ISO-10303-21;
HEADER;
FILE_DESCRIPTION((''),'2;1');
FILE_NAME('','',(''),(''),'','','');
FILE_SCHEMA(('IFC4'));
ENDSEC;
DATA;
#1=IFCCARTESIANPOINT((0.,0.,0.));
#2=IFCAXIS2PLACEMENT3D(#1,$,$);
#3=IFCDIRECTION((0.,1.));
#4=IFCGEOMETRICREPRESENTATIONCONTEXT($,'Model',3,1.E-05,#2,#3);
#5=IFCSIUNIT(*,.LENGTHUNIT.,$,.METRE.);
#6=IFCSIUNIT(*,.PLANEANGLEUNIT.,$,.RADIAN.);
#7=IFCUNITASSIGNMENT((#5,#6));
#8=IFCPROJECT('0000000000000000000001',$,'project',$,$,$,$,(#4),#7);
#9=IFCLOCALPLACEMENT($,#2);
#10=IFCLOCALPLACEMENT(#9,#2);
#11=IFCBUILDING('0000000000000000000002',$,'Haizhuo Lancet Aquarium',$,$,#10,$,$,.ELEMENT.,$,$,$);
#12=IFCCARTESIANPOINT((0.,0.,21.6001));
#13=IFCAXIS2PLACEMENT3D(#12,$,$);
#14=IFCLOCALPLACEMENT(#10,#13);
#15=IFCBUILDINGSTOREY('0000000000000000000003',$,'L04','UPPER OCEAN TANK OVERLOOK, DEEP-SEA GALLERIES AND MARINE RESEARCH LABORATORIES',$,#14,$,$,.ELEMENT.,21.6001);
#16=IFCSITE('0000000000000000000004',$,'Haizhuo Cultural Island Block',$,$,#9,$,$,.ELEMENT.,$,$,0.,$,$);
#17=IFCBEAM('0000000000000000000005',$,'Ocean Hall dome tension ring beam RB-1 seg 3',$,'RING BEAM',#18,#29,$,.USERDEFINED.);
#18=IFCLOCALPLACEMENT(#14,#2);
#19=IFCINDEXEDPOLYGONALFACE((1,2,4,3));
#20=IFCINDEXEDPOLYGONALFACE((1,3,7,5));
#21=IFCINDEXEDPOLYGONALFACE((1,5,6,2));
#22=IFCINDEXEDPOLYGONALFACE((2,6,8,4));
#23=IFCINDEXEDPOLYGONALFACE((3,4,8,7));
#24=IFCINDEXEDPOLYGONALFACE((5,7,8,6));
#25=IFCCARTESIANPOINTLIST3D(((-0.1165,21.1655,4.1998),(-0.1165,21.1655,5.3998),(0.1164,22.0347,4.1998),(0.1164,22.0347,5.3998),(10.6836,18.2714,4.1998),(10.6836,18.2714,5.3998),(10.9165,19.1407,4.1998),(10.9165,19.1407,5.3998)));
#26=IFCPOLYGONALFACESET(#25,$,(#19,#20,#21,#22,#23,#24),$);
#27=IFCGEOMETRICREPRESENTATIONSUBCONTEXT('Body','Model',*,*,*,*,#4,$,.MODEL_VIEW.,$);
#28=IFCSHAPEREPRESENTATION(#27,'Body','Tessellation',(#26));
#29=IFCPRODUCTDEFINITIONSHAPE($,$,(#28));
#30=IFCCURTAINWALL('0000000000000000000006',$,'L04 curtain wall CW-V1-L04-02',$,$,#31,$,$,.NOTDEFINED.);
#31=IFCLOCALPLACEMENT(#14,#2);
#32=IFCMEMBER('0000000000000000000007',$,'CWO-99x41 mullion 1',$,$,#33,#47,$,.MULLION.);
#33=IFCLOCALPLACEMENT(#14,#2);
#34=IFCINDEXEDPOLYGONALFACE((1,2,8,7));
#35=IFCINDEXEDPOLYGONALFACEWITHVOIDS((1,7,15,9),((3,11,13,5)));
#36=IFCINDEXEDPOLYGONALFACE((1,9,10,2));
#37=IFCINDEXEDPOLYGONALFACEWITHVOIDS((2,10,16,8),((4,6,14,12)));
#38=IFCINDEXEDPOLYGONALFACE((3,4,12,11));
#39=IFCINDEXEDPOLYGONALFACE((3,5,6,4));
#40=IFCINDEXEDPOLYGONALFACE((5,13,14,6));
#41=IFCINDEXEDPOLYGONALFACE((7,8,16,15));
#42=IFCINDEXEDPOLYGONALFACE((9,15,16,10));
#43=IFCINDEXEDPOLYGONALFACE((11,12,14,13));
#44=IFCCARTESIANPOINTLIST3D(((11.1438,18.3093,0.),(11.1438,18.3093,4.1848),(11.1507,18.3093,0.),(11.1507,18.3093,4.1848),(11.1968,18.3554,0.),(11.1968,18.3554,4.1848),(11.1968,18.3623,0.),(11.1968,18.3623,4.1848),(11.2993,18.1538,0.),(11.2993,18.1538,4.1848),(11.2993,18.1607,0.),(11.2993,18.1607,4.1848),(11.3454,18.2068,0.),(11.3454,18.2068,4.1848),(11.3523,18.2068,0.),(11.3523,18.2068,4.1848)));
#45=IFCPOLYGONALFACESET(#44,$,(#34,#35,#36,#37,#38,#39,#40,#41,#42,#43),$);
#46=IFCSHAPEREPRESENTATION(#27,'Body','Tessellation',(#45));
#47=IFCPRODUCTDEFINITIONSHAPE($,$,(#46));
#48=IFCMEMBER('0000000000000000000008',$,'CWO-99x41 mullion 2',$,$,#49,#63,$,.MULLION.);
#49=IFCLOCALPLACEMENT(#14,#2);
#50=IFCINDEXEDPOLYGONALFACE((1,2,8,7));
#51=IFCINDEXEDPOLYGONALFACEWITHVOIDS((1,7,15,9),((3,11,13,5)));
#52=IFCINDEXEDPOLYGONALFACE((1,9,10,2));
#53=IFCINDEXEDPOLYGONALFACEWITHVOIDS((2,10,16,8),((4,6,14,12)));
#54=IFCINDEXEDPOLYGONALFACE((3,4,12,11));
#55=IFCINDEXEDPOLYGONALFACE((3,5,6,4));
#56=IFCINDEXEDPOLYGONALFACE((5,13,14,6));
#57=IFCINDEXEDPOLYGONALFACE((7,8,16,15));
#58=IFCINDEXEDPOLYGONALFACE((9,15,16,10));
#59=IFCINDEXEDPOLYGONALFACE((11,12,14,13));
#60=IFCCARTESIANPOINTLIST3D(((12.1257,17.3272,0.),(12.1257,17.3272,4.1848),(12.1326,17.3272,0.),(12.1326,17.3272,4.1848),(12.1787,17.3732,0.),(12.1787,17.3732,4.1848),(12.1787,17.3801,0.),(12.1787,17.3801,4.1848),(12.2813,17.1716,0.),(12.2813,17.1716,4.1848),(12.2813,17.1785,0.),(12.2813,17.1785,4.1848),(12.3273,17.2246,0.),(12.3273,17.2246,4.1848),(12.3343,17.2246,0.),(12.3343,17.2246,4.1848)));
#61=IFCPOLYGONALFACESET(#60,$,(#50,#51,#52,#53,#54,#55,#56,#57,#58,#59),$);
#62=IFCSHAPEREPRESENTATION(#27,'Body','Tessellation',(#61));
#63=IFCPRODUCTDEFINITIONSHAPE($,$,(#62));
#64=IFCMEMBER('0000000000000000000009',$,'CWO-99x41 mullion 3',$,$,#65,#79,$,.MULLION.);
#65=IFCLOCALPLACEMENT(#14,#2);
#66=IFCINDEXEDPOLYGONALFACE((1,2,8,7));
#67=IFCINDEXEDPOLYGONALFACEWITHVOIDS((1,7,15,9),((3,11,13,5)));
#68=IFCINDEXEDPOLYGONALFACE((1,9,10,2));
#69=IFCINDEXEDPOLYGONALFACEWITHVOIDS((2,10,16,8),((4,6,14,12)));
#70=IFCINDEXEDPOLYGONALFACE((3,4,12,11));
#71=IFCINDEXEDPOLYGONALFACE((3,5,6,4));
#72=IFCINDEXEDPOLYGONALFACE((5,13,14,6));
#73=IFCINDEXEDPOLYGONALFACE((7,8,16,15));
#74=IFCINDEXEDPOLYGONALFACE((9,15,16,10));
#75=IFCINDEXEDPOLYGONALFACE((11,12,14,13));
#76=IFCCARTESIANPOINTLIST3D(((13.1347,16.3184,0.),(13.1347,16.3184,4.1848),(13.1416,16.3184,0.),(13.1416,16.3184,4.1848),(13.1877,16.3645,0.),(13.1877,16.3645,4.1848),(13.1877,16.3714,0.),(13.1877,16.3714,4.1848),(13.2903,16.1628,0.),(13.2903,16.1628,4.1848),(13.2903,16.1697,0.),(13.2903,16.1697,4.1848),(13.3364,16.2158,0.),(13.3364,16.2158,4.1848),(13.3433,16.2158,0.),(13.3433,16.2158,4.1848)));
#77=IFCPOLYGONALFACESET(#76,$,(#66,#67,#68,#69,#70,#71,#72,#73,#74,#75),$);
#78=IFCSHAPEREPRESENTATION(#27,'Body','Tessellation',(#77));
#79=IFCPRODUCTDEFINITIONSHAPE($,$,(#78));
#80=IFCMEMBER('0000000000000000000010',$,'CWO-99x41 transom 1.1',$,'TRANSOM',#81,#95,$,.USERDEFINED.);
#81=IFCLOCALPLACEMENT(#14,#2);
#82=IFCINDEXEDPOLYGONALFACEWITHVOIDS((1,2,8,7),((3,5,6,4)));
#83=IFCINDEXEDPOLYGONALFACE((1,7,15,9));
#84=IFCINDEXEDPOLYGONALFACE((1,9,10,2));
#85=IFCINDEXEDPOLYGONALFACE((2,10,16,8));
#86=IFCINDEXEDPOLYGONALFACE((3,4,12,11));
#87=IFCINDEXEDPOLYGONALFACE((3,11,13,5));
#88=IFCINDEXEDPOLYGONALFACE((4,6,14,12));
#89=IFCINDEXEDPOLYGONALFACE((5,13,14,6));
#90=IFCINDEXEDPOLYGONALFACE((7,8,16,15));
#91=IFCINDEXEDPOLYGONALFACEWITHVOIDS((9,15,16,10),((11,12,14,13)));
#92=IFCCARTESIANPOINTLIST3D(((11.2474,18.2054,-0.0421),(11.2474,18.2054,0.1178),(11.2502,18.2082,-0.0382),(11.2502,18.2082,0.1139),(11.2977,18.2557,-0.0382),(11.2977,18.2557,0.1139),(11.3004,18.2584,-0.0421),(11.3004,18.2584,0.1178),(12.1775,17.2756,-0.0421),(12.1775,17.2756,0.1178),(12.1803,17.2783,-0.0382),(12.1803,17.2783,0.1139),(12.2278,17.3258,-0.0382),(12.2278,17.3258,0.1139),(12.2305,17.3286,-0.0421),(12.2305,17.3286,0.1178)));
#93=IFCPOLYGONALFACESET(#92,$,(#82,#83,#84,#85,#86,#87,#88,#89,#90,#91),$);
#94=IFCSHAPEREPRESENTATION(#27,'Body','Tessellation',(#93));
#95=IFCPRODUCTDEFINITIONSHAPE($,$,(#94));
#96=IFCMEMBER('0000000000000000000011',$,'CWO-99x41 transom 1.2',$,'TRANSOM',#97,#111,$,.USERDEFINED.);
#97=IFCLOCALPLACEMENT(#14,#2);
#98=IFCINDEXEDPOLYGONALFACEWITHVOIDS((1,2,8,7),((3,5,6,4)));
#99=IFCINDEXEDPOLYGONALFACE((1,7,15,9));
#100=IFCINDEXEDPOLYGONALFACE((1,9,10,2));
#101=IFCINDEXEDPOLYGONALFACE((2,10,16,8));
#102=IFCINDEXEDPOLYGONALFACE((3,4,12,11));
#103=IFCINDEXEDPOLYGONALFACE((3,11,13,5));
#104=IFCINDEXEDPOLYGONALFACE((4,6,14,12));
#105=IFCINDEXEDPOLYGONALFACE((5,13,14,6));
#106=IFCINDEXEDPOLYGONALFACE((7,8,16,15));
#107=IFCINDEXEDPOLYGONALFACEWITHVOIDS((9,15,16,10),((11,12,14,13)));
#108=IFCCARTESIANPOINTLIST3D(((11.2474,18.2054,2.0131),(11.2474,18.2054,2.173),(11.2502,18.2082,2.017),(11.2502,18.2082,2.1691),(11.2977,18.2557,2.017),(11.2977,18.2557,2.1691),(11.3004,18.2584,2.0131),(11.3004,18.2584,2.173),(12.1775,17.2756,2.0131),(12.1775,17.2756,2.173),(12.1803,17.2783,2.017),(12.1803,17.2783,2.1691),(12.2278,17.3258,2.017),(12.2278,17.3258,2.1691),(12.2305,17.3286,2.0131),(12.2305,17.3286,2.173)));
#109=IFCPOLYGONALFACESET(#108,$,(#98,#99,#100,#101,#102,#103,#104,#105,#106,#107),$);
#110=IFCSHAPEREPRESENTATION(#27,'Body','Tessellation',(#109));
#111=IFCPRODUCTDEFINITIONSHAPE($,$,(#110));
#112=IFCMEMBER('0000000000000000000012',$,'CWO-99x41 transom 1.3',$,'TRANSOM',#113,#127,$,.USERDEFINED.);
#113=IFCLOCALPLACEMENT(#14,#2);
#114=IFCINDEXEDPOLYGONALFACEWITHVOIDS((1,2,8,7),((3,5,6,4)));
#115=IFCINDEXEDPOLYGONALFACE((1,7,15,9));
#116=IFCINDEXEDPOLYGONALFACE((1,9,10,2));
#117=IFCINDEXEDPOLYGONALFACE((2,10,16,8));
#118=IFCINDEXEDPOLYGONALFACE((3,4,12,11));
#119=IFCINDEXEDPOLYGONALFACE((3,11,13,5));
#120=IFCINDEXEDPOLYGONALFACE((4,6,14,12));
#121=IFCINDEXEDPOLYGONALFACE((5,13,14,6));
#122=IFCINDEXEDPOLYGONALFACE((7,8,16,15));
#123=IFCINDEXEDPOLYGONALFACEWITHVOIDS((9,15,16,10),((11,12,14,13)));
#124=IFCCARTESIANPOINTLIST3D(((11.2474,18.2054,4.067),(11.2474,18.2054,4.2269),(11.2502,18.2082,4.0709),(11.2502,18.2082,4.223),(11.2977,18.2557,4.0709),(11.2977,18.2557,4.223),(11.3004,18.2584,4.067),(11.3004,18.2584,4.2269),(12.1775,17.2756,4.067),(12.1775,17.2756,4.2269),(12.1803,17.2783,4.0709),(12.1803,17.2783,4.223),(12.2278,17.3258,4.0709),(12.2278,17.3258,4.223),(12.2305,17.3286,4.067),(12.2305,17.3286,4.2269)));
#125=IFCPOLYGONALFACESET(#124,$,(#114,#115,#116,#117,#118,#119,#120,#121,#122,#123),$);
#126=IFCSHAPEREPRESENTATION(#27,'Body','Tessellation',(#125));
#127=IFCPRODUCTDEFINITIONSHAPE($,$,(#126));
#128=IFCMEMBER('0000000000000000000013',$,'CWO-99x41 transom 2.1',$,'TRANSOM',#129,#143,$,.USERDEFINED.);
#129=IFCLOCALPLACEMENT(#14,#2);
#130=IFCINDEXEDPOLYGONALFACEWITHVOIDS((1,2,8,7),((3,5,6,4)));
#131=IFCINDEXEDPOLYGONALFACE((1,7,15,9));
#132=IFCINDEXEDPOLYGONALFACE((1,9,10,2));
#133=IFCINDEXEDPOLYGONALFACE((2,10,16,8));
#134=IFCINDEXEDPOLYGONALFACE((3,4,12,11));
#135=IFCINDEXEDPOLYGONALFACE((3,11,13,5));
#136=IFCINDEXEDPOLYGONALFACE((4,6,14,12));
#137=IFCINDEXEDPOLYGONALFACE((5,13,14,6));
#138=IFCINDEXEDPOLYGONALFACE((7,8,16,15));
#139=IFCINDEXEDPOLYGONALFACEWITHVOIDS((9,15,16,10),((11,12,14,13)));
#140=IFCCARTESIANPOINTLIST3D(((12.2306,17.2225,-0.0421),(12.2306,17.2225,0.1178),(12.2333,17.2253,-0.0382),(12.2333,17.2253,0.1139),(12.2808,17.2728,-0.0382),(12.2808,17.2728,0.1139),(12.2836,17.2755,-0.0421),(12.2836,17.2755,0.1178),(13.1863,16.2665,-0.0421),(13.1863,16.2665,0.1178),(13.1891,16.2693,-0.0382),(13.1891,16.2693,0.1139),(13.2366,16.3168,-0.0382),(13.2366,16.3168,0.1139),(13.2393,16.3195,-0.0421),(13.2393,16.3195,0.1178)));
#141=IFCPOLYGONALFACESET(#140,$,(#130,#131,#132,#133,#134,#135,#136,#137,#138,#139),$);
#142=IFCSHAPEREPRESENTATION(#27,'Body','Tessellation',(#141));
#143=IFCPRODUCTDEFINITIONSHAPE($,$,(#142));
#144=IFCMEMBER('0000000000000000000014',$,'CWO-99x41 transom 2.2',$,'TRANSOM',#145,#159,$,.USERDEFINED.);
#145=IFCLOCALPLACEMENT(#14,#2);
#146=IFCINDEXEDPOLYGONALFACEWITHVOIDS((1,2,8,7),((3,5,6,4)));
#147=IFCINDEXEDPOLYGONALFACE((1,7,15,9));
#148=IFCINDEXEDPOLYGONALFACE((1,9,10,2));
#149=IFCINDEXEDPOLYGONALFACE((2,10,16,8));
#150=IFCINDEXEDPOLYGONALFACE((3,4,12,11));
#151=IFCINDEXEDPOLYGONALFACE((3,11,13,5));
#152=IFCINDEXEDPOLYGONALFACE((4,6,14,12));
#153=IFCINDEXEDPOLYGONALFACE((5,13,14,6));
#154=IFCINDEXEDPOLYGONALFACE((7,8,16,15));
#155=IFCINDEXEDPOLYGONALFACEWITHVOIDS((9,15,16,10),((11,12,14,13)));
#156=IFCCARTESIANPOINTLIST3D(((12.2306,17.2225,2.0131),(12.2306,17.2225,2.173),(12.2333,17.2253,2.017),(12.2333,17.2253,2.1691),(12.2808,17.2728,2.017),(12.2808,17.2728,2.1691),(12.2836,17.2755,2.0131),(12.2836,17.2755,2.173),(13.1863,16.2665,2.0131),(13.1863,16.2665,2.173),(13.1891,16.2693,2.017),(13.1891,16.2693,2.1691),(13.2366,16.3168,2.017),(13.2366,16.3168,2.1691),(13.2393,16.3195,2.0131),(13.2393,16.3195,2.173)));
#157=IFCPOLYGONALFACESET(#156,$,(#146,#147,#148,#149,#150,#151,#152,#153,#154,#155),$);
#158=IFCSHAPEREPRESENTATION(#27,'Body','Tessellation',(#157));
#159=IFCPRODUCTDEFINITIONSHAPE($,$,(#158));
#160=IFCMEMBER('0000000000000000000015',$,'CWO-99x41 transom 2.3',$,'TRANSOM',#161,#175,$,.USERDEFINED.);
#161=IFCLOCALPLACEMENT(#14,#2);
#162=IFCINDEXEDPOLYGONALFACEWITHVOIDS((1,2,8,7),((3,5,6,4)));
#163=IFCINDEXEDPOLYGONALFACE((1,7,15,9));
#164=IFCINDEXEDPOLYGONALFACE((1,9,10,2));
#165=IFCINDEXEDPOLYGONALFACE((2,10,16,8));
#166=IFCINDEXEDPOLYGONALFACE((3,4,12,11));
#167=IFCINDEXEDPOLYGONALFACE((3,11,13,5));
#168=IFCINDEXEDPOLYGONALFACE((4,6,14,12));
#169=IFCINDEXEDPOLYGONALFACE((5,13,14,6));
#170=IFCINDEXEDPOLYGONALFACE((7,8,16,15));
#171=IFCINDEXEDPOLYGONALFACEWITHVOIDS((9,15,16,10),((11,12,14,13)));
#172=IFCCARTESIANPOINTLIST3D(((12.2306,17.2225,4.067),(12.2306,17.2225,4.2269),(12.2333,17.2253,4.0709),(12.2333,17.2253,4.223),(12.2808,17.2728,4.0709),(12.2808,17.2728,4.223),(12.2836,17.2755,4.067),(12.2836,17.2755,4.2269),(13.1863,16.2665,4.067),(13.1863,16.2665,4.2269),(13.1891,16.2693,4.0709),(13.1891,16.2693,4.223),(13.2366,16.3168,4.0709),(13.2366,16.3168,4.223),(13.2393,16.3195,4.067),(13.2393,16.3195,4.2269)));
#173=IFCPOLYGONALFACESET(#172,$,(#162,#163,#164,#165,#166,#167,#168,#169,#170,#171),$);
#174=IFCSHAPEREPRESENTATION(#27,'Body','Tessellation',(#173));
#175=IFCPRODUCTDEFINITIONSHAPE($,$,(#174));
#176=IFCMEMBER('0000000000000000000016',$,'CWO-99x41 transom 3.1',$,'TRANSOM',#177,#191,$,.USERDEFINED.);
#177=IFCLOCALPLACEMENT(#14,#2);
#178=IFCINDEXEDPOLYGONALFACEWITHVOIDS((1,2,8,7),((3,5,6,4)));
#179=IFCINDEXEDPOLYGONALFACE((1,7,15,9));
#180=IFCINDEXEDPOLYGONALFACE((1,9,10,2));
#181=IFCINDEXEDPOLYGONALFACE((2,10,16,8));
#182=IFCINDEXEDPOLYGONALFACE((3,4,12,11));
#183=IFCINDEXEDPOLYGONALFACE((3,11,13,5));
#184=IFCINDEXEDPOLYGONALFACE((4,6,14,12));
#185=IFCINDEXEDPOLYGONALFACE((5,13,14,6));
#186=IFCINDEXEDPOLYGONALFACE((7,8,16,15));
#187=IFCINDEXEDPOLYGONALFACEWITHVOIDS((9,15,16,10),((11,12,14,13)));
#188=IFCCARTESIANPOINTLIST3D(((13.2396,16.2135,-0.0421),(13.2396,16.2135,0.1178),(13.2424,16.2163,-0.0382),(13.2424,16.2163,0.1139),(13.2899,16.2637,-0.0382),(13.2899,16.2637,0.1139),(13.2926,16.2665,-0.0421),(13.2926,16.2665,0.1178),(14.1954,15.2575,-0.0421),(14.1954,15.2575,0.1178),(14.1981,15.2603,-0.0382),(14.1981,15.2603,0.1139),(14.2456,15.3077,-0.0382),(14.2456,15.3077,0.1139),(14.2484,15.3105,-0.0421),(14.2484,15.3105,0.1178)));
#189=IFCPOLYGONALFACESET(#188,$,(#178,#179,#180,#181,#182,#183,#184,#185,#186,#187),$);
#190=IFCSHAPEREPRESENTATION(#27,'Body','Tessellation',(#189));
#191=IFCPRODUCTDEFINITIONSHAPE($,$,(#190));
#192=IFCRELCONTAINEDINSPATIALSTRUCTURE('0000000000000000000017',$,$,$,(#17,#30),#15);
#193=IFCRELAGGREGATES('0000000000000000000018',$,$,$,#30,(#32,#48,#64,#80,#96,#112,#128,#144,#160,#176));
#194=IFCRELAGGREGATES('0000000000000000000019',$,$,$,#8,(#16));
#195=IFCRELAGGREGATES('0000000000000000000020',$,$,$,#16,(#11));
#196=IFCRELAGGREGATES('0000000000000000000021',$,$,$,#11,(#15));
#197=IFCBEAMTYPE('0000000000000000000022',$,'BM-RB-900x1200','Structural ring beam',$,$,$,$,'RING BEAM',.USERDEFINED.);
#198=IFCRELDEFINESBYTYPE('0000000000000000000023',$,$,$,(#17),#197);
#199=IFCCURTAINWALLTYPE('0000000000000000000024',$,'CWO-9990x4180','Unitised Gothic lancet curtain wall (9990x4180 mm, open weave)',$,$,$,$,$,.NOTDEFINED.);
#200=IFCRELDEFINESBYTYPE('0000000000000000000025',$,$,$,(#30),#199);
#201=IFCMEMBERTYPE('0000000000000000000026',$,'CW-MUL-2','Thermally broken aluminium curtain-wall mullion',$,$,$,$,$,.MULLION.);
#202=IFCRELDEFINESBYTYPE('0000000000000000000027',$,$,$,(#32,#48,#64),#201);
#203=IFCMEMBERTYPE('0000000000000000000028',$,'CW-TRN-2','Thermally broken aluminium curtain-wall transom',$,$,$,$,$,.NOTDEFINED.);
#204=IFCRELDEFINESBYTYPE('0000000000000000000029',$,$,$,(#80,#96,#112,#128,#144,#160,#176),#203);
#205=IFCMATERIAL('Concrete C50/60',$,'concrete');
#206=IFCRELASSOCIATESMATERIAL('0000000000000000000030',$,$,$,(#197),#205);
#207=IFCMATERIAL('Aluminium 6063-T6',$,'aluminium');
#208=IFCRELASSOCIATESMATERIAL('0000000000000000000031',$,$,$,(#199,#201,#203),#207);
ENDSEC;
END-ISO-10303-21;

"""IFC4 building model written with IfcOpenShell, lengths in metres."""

from ifc_helpers import new_model, si_unit, direction, frame, origin, origin_2d, place, context, subcontext, project, spatial, rectangle, hollow_rectangle, extrude, material, material_profile, profile_set, type_object, element, aggregate, save


model = new_model("IFC4")

# Units and contexts
model_context = context("Model", 3, precision=1e-05, world=origin(), true_north=direction((0.0, 1.0)))
body_context = subcontext(model_context, "Body", "Model", "MODEL_VIEW")
ifc_project = project(units=[si_unit("LENGTHUNIT", "METRE"), si_unit("PLANEANGLEUNIT", "RADIAN")], contexts=[model_context])

# Site, building, storey
site_placement = place(None, origin())
site = spatial("IfcSite", under=ifc_project, at=site_placement, Name="Haizhuo Cultural Island Block", CompositionType="ELEMENT", RefElevation=0.0)
building_placement = place(site_placement, origin())
building = spatial("IfcBuilding", under=site, at=building_placement, Name="Haizhuo Lancet Aquarium", CompositionType="ELEMENT")
storey_placement = place(building_placement, frame((0.0, 0.0, 21.6001)))
storey = spatial("IfcBuildingStorey", under=building, at=storey_placement, Name="L04", Description="UPPER OCEAN TANK OVERLOOK, DEEP-SEA GALLERIES AND MARINE RESEARCH LABORATORIES", CompositionType="ELEMENT", Elevation=21.6001)

# Beam
ifc_material_1 = material(Name="Concrete C50/60", Category="concrete")
ifc_material_profile_1 = material_profile(ifc_material_1, rectangle(XDim=0.8999, YDim=1.2, at=origin_2d()), Name="RC-RB 900x1200")
ifc_profile_set_1 = profile_set([ifc_material_profile_1], Name="Concrete C50/60")
beam_type = type_object("IfcBeamType", Name="BM-RB-900x1200", Description="Structural ring beam", ElementType="RING BEAM", PredefinedType="USERDEFINED", material=ifc_profile_set_1)
beam_placement = place(storey_placement, frame((10.8, 18.7061, 4.7998), z_axis=(-0.965922, 0.258834, 0.0), x_axis=(-0.258834, -0.965922, 0.0)))
element("IfcBeam", 1, at=beam_placement, inside=storey, type_object=beam_type, Name="Ocean Hall dome tension ring beam RB-1 seg 3", ObjectType="RING BEAM", PredefinedType="USERDEFINED", context=body_context, shape_type="SweptSolid", body=[
    extrude(rectangle(XDim=0.8999, YDim=1.2, at=origin_2d()), origin(), (0.0, 0.0, 1.0), 11.1812),
])

# Curtain wall, members
ifc_material_2 = material(Name="Aluminium 6063-T6", Category="aluminium")
curtain_wall_type = type_object("IfcCurtainWallType", Name="CWO-9990x4180", Description="Unitised Gothic lancet curtain wall (9990x4180 mm, open weave)", PredefinedType="NOTDEFINED", material=ifc_material_2)
curtain_wall_placement = place(storey_placement, origin())
curtain_wall = element("IfcCurtainWall", 2, at=curtain_wall_placement, inside=storey, type_object=curtain_wall_type, Name="L04 curtain wall CW-V1-L04-02", PredefinedType="NOTDEFINED")
ifc_material_profile_2 = material_profile(ifc_material_2, hollow_rectangle(XDim=0.075, YDim=0.22, WallThickness=0.0049, at=origin_2d()), Name="ALU-M 75x220x5")
ifc_profile_set_2 = profile_set([ifc_material_profile_2], Name="Aluminium 6063-T6")
member_type_1 = type_object("IfcMemberType", Name="CW-MUL-2", Description="Thermally broken aluminium curtain-wall mullion", PredefinedType="MULLION", material=ifc_profile_set_2)
member_1_placement = place(storey_placement, frame((11.248, 18.2581, 0.0), z_axis=(0.0, 0.0, 1.0), x_axis=(0.707107, 0.707107, 0.0)))
member_1 = element("IfcMember", 3, at=member_1_placement, type_object=member_type_1, Name="CWO-99x41 mullion 1", PredefinedType="MULLION", context=body_context, shape_type="SweptSolid", body=[
    extrude(hollow_rectangle(XDim=0.075, YDim=0.22, WallThickness=0.0049, at=origin_2d()), origin(), (0.0, 0.0, 1.0), 4.1848),
])
member_2_placement = place(storey_placement, frame((12.23, 17.2759, 0.0), z_axis=(0.0, 0.0, 1.0), x_axis=(0.707107, 0.707107, 0.0)))
member_2 = element("IfcMember", 4, at=member_2_placement, type_object=member_type_1, Name="CWO-99x41 mullion 2", PredefinedType="MULLION", context=body_context, shape_type="SweptSolid", body=[
    extrude(hollow_rectangle(XDim=0.075, YDim=0.22, WallThickness=0.0049, at=origin_2d()), origin(), (0.0, 0.0, 1.0), 4.1848),
])
member_3_placement = place(storey_placement, frame((13.239, 16.2671, 0.0), z_axis=(0.0, 0.0, 1.0), x_axis=(0.707107, 0.707107, 0.0)))
member_3 = element("IfcMember", 5, at=member_3_placement, type_object=member_type_1, Name="CWO-99x41 mullion 3", PredefinedType="MULLION", context=body_context, shape_type="SweptSolid", body=[
    extrude(hollow_rectangle(XDim=0.075, YDim=0.22, WallThickness=0.0049, at=origin_2d()), origin(), (0.0, 0.0, 1.0), 4.1848),
])
ifc_material_profile_3 = material_profile(ifc_material_2, hollow_rectangle(XDim=0.075, YDim=0.1599, WallThickness=0.0039, at=origin_2d()), Name="ALU-T 75x160x4")
ifc_profile_set_3 = profile_set([ifc_material_profile_3], Name="Aluminium 6063-T6")
member_type_2 = type_object("IfcMemberType", Name="CW-TRN-2", Description="Thermally broken aluminium curtain-wall transom", PredefinedType="NOTDEFINED", material=ifc_profile_set_3)
member_4_placement = place(storey_placement, frame((11.2739, 18.2319, 0.0378), z_axis=(0.7072, -0.707014, 0.0), x_axis=(0.707014, 0.7072, 0.0)))
member_4 = element("IfcMember", 6, at=member_4_placement, type_object=member_type_2, Name="CWO-99x41 transom 1.1", ObjectType="TRANSOM", PredefinedType="USERDEFINED", context=body_context, shape_type="SweptSolid", body=[
    extrude(hollow_rectangle(XDim=0.075, YDim=0.1599, WallThickness=0.0039, at=origin_2d()), origin(), (0.0, 0.0, 1.0), 1.3152),
])
member_5_placement = place(storey_placement, frame((11.2739, 18.2319, 2.093), z_axis=(0.7072, -0.707014, 0.0), x_axis=(0.707014, 0.7072, 0.0)))
member_5 = element("IfcMember", 7, at=member_5_placement, type_object=member_type_2, Name="CWO-99x41 transom 1.2", ObjectType="TRANSOM", PredefinedType="USERDEFINED", context=body_context, shape_type="SweptSolid", body=[
    extrude(hollow_rectangle(XDim=0.075, YDim=0.1599, WallThickness=0.0039, at=origin_2d()), origin(), (0.0, 0.0, 1.0), 1.3152),
])
member_6_placement = place(storey_placement, frame((11.2739, 18.2319, 4.147), z_axis=(0.7072, -0.707014, 0.0), x_axis=(0.707014, 0.7072, 0.0)))
member_6 = element("IfcMember", 8, at=member_6_placement, type_object=member_type_2, Name="CWO-99x41 transom 1.3", ObjectType="TRANSOM", PredefinedType="USERDEFINED", context=body_context, shape_type="SweptSolid", body=[
    extrude(hollow_rectangle(XDim=0.075, YDim=0.1599, WallThickness=0.0039, at=origin_2d()), origin(), (0.0, 0.0, 1.0), 1.3152),
])
member_7_placement = place(storey_placement, frame((12.2571, 17.249, 0.0378), z_axis=(0.707016, -0.707197, 0.0), x_axis=(0.707197, 0.707016, 0.0)))
member_7 = element("IfcMember", 9, at=member_7_placement, type_object=member_type_2, Name="CWO-99x41 transom 2.1", ObjectType="TRANSOM", PredefinedType="USERDEFINED", context=body_context, shape_type="SweptSolid", body=[
    extrude(hollow_rectangle(XDim=0.075, YDim=0.1599, WallThickness=0.0039, at=origin_2d()), origin(), (0.0, 0.0, 1.0), 1.3518),
])
member_8_placement = place(storey_placement, frame((12.2571, 17.249, 2.093), z_axis=(0.707016, -0.707197, 0.0), x_axis=(0.707197, 0.707016, 0.0)))
member_8 = element("IfcMember", 10, at=member_8_placement, type_object=member_type_2, Name="CWO-99x41 transom 2.2", ObjectType="TRANSOM", PredefinedType="USERDEFINED", context=body_context, shape_type="SweptSolid", body=[
    extrude(hollow_rectangle(XDim=0.075, YDim=0.1599, WallThickness=0.0039, at=origin_2d()), origin(), (0.0, 0.0, 1.0), 1.3518),
])
member_9_placement = place(storey_placement, frame((12.2571, 17.249, 4.147), z_axis=(0.707016, -0.707197, 0.0), x_axis=(0.707197, 0.707016, 0.0)))
member_9 = element("IfcMember", 11, at=member_9_placement, type_object=member_type_2, Name="CWO-99x41 transom 2.3", ObjectType="TRANSOM", PredefinedType="USERDEFINED", context=body_context, shape_type="SweptSolid", body=[
    extrude(hollow_rectangle(XDim=0.075, YDim=0.1599, WallThickness=0.0039, at=origin_2d()), origin(), (0.0, 0.0, 1.0), 1.3518),
])
member_10_placement = place(storey_placement, frame((13.2661, 16.24, 0.0378), z_axis=(0.707016, -0.707197, 0.0), x_axis=(0.707197, 0.707016, 0.0)))
member_10 = element("IfcMember", 12, at=member_10_placement, type_object=member_type_2, Name="CWO-99x41 transom 3.1", ObjectType="TRANSOM", PredefinedType="USERDEFINED", context=body_context, shape_type="SweptSolid", body=[
    extrude(hollow_rectangle(XDim=0.075, YDim=0.1599, WallThickness=0.0039, at=origin_2d()), origin(), (0.0, 0.0, 1.0), 1.3518),
])

aggregate(curtain_wall, [member_1, member_2, member_3, member_4, member_5, member_6, member_7, member_8, member_9, member_10])

save(model, "model.ifc")
